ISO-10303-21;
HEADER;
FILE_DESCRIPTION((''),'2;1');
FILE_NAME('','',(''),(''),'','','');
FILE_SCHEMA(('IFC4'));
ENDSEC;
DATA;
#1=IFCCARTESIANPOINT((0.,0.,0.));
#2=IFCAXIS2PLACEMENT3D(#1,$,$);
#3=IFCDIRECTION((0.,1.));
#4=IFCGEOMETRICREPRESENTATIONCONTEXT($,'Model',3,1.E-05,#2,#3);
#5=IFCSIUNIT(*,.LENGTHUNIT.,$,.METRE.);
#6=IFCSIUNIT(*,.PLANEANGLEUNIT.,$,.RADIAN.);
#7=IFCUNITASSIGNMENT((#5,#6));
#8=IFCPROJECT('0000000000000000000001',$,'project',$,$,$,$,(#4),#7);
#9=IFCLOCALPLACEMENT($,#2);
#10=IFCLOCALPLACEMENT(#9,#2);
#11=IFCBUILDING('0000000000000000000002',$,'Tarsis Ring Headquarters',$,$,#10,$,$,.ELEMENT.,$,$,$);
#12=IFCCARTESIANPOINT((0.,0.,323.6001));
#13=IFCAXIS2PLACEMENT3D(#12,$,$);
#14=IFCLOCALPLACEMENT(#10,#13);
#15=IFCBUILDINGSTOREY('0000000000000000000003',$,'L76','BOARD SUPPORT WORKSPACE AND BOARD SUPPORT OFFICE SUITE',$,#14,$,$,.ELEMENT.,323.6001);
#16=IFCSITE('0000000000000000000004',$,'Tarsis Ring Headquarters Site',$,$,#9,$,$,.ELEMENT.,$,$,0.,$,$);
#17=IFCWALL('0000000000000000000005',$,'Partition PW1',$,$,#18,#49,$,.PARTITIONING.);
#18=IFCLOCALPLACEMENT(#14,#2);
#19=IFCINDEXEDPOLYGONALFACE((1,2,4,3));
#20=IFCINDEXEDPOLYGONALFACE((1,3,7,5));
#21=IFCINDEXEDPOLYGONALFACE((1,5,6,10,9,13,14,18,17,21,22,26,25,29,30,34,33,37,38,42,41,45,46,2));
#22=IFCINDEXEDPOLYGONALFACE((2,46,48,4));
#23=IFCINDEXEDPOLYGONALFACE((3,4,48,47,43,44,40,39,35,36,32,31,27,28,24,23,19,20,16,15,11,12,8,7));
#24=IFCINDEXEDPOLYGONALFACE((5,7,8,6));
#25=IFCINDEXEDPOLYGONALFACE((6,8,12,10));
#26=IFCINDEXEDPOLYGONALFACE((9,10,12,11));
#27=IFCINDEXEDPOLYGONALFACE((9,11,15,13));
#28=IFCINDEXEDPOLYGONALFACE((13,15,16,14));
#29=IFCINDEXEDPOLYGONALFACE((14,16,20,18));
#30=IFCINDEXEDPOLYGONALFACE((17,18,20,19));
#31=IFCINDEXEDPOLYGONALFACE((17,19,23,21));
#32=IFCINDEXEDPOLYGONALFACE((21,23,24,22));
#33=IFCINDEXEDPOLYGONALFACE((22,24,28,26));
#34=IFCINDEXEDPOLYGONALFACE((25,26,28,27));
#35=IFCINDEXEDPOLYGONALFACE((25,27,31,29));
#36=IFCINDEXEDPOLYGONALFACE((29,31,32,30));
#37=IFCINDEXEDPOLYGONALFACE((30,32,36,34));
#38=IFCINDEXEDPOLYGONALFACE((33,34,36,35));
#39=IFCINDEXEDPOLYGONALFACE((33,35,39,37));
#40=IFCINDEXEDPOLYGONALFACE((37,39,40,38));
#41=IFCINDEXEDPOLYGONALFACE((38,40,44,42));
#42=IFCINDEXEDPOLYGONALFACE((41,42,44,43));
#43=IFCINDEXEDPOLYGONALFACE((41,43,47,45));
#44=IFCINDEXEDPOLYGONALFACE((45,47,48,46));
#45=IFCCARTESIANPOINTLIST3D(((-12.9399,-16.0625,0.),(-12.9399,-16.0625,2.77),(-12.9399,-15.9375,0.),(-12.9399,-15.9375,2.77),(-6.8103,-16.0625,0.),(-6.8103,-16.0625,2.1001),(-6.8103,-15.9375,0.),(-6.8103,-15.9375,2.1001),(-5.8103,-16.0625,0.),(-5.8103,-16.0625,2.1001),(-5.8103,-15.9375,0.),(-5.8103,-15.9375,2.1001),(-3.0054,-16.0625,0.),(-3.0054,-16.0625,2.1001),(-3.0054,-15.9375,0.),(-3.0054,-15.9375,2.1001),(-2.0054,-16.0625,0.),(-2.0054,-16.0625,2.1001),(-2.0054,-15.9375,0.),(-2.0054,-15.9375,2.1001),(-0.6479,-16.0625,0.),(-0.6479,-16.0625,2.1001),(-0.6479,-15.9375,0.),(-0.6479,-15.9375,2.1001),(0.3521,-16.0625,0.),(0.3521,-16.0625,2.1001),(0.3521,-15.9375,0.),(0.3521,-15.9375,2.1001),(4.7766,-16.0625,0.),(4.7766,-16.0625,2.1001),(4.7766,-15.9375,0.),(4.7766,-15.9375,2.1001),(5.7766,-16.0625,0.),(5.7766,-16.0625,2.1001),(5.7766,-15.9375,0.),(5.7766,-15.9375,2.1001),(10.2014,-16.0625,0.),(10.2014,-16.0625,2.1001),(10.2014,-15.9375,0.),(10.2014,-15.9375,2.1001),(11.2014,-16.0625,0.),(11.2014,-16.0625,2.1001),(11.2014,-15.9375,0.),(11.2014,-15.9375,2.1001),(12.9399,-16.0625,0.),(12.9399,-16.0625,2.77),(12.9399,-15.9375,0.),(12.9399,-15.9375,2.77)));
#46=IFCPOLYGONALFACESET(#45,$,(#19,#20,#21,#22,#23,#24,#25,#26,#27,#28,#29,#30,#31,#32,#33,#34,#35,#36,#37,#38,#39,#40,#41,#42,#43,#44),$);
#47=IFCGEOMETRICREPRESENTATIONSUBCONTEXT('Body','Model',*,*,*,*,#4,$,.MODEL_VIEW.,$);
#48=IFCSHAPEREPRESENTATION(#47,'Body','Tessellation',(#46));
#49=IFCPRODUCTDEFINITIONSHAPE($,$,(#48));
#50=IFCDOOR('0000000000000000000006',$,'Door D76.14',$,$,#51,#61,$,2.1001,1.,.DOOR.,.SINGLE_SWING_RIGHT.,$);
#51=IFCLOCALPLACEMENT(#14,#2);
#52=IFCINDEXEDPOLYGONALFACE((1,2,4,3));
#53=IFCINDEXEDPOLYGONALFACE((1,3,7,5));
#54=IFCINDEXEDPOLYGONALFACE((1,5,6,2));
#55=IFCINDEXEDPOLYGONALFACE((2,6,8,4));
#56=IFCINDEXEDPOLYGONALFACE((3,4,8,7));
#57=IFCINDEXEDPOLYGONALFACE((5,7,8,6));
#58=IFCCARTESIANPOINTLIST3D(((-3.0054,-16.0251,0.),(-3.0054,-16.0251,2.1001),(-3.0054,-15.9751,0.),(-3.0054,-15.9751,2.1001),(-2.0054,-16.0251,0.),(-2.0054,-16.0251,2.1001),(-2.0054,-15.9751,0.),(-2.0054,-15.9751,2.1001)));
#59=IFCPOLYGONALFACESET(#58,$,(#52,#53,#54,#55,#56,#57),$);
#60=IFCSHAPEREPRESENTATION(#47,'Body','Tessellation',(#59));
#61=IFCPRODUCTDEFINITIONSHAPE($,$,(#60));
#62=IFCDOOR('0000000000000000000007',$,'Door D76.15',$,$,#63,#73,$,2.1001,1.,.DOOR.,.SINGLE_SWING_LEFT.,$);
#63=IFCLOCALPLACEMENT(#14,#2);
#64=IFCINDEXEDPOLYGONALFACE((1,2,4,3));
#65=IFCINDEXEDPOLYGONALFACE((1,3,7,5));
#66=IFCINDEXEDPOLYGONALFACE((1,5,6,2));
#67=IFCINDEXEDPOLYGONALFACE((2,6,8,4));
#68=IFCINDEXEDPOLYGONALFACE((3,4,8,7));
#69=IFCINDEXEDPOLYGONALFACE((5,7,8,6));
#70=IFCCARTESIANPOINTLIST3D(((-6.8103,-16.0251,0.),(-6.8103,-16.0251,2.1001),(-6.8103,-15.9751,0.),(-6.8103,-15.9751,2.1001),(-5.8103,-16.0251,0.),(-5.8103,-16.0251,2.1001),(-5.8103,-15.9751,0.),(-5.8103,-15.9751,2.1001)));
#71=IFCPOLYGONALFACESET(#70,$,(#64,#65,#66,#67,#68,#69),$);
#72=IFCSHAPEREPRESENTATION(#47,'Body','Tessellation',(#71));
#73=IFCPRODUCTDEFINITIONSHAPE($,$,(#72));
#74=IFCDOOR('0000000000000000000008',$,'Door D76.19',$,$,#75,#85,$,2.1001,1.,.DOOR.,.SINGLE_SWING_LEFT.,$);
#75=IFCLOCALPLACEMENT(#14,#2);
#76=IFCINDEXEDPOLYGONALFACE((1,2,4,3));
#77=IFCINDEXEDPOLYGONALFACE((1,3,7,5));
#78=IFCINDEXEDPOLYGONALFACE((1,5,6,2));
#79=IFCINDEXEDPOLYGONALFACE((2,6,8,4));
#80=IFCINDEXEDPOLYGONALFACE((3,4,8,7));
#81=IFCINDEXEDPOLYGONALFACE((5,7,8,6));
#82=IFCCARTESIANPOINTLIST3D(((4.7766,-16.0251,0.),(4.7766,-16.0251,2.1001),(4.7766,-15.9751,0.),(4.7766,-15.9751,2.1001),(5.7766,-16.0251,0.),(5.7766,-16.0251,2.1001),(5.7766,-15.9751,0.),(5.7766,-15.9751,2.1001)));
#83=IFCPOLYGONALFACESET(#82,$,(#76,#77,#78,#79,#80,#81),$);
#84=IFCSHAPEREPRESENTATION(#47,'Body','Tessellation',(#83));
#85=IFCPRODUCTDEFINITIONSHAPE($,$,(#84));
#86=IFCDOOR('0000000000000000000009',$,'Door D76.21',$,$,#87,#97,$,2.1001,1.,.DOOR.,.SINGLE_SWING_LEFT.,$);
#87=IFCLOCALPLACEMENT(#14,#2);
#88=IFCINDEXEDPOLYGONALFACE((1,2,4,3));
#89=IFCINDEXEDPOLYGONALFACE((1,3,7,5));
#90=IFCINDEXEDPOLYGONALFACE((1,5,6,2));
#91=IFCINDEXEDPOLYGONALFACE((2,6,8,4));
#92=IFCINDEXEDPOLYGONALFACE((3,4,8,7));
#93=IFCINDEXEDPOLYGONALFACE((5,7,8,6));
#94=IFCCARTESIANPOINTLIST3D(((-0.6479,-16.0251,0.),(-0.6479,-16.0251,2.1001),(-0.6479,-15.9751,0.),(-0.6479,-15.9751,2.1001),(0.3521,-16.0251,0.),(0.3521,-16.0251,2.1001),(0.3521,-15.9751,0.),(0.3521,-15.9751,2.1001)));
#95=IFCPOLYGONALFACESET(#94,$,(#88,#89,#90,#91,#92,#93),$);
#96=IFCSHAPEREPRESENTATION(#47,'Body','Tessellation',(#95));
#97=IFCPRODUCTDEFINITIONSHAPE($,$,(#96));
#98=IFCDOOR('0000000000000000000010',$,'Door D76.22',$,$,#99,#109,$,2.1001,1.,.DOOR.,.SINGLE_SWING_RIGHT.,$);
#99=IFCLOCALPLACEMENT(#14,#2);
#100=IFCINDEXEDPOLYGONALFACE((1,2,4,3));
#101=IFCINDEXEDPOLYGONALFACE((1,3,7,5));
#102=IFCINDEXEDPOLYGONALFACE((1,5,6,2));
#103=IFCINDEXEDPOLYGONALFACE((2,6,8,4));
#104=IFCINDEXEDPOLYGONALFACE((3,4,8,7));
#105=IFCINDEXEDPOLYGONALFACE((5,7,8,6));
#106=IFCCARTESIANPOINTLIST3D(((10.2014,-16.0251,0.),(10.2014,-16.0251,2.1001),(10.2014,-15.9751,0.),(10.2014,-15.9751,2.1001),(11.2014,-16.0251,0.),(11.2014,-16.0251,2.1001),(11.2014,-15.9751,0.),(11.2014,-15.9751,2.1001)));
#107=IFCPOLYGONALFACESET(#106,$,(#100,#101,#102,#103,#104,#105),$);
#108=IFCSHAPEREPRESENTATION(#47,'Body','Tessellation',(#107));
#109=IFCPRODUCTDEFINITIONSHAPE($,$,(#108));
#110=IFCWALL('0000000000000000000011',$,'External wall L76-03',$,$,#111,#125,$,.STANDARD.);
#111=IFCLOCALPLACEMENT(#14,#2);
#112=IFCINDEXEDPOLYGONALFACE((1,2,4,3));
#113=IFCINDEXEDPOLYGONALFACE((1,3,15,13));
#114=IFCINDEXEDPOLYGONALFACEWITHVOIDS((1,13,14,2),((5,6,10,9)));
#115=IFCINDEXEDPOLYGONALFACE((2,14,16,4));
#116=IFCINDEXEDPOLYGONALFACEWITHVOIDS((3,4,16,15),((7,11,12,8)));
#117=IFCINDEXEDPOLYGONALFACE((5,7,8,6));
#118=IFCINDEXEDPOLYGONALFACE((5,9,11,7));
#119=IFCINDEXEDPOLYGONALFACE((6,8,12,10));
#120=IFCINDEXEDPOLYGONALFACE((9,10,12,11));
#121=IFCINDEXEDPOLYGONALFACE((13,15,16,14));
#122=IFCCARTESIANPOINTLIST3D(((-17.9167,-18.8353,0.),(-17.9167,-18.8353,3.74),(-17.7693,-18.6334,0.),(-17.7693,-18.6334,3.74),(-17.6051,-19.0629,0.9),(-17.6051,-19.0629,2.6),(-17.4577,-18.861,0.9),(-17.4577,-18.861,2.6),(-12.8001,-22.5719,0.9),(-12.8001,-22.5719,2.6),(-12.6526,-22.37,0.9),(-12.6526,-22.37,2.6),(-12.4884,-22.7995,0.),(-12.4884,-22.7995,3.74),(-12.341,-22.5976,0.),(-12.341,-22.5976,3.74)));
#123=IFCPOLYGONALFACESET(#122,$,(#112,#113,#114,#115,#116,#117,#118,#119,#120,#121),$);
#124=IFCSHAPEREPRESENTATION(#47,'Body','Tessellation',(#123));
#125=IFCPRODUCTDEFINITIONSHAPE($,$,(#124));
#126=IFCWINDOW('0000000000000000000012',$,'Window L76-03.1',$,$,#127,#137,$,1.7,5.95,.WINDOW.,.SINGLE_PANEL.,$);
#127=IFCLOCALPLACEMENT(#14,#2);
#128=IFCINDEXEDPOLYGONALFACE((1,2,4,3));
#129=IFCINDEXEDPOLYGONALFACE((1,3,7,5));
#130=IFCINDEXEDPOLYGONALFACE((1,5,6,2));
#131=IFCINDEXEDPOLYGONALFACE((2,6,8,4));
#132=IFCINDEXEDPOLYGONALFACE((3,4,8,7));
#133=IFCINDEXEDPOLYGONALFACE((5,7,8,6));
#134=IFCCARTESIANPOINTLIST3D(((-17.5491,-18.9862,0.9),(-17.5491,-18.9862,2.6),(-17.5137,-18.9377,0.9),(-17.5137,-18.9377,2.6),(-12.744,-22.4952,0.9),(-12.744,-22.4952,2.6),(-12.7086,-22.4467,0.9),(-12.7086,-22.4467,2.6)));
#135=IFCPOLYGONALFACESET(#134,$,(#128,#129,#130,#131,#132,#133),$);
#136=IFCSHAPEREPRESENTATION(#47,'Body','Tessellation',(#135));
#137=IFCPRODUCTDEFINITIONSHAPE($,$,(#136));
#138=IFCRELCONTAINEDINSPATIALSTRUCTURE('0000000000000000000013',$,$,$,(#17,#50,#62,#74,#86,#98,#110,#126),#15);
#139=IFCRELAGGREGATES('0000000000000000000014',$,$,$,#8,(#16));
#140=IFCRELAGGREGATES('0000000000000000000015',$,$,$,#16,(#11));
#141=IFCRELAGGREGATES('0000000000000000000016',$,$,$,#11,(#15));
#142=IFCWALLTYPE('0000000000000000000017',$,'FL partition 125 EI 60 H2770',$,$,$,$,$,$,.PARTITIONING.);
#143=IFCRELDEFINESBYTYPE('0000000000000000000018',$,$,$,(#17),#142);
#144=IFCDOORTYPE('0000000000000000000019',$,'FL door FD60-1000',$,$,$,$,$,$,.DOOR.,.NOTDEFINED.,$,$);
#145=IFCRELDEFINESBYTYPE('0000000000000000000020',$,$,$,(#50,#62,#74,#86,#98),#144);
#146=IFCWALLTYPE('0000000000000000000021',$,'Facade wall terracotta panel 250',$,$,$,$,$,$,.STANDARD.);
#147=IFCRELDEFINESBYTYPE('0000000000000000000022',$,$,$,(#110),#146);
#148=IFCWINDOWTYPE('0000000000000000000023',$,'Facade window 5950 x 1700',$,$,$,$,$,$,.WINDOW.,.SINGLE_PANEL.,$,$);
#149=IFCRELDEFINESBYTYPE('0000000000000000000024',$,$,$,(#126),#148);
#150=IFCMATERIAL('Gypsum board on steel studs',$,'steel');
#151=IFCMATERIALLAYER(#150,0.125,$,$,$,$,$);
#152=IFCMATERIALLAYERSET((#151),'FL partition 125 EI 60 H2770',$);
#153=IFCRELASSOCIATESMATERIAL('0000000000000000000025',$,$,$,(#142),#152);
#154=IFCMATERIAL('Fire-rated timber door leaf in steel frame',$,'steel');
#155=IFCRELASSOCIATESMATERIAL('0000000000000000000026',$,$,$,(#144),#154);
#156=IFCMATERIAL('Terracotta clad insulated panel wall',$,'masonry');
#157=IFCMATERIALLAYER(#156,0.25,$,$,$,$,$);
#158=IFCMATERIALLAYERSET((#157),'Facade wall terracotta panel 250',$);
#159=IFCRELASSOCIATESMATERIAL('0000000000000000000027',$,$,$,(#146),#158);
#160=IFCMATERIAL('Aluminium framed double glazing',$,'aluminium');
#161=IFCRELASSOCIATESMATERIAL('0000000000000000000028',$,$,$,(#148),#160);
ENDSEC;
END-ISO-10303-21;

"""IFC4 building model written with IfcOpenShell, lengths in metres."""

from ifc_helpers import new_model, si_unit, direction, frame, frame_2d, origin, place, context, subcontext, project, spatial, rectangle, extrude, material, layer, layer_set, type_object, element, fill, save


model = new_model("IFC4")

# Units and contexts
model_context = context("Model", 3, precision=1e-05, world=origin(), true_north=direction((0.0, 1.0)))
body_context = subcontext(model_context, "Body", "Model", "MODEL_VIEW")
ifc_project = project(units=[si_unit("LENGTHUNIT", "METRE"), si_unit("PLANEANGLEUNIT", "RADIAN")], contexts=[model_context])

# Site, building, storey
site_placement = place(None, origin())
site = spatial("IfcSite", under=ifc_project, at=site_placement, Name="Tarsis Ring Headquarters Site", CompositionType="ELEMENT", RefElevation=0.0)
building_placement = place(site_placement, origin())
building = spatial("IfcBuilding", under=site, at=building_placement, Name="Tarsis Ring Headquarters", CompositionType="ELEMENT")
storey_placement = place(building_placement, frame((0.0, 0.0, 323.6001)))
storey = spatial("IfcBuildingStorey", under=building, at=storey_placement, Name="L76", Description="BOARD SUPPORT WORKSPACE AND BOARD SUPPORT OFFICE SUITE", CompositionType="ELEMENT", Elevation=323.6001)

# Wall, openings, doors
ifc_material_1 = material(Name="Gypsum board on steel studs", Category="steel")
ifc_layer_1 = layer(ifc_material_1, 0.125)
ifc_layer_set_1 = layer_set([ifc_layer_1], Name="FL partition 125 EI 60 H2770")
wall_type_1 = type_object("IfcWallType", Name="FL partition 125 EI 60 H2770", PredefinedType="PARTITIONING", material=ifc_layer_set_1)
ifc_material_2 = material(Name="Fire-rated timber door leaf in steel frame", Category="steel")
door_type_1 = type_object("IfcDoorType", Name="FL door FD60-1000", OperationType="NOTDEFINED", PredefinedType="DOOR", material=ifc_material_2)
wall_1_placement = place(storey_placement, frame((-12.9399, -16.0, 0.0), z_axis=(0.0, 0.0, 1.0), x_axis=(1.0, 0.0, 0.0)))
wall_1 = element("IfcWall", 1, at=wall_1_placement, inside=storey, type_object=wall_type_1, Name="Partition PW1", PredefinedType="PARTITIONING", context=body_context, shape_type="SweptSolid", body=[
    extrude(rectangle(XDim=25.8799, YDim=0.125, at=frame_2d((12.9399, 0.0))), origin(), (0.0, 0.0, 1.0), 2.77),
])
opening_1_placement = place(wall_1_placement, frame((9.9346, 0.0, 0.0)))
opening_1 = element("IfcOpeningElement", 2, at=opening_1_placement, cuts=wall_1, PredefinedType="OPENING", context=body_context, shape_type="SweptSolid", body=[
    extrude(rectangle(XDim=1.0, YDim=2.1001, at=frame_2d((0.5, 1.05))), frame((0.0, 0.0725, 0.0), z_axis=(0.0, -1.0, 0.0), x_axis=(1.0, 0.0, 0.0)), (0.0, 0.0, 1.0), 0.145),
])
opening_2_placement = place(wall_1_placement, frame((6.1296, 0.0, 0.0)))
opening_2 = element("IfcOpeningElement", 3, at=opening_2_placement, cuts=wall_1, PredefinedType="OPENING", context=body_context, shape_type="SweptSolid", body=[
    extrude(rectangle(XDim=1.0, YDim=2.1001, at=frame_2d((0.5, 1.05))), frame((0.0, 0.0725, 0.0), z_axis=(0.0, -1.0, 0.0), x_axis=(1.0, 0.0, 0.0)), (0.0, 0.0, 1.0), 0.145),
])
opening_3_placement = place(wall_1_placement, frame((17.7166, 0.0, 0.0)))
opening_3 = element("IfcOpeningElement", 4, at=opening_3_placement, cuts=wall_1, PredefinedType="OPENING", context=body_context, shape_type="SweptSolid", body=[
    extrude(rectangle(XDim=1.0, YDim=2.1001, at=frame_2d((0.5, 1.05))), frame((0.0, 0.0725, 0.0), z_axis=(0.0, -1.0, 0.0), x_axis=(1.0, 0.0, 0.0)), (0.0, 0.0, 1.0), 0.145),
])
opening_4_placement = place(wall_1_placement, frame((12.292, 0.0, 0.0)))
opening_4 = element("IfcOpeningElement", 5, at=opening_4_placement, cuts=wall_1, PredefinedType="OPENING", context=body_context, shape_type="SweptSolid", body=[
    extrude(rectangle(XDim=1.0, YDim=2.1001, at=frame_2d((0.5, 1.05))), frame((0.0, 0.0725, 0.0), z_axis=(0.0, -1.0, 0.0), x_axis=(1.0, 0.0, 0.0)), (0.0, 0.0, 1.0), 0.145),
])
opening_5_placement = place(wall_1_placement, frame((23.1414, 0.0, 0.0)))
opening_5 = element("IfcOpeningElement", 6, at=opening_5_placement, cuts=wall_1, PredefinedType="OPENING", context=body_context, shape_type="SweptSolid", body=[
    extrude(rectangle(XDim=1.0, YDim=2.1001, at=frame_2d((0.5, 1.05))), frame((0.0, 0.0725, 0.0), z_axis=(0.0, -1.0, 0.0), x_axis=(1.0, 0.0, 0.0)), (0.0, 0.0, 1.0), 0.145),
])
door_1_placement = place(opening_1_placement, origin())
door_1 = element("IfcDoor", 7, at=door_1_placement, inside=storey, type_object=door_type_1, Name="Door D76.14", OperationType="SINGLE_SWING_RIGHT", OverallHeight=2.1001, OverallWidth=1.0, PredefinedType="DOOR", context=body_context, shape_type="SweptSolid", body=[
    extrude(rectangle(XDim=1.0, YDim=2.1001, at=frame_2d((0.5, 1.05))), frame((0.0, 0.0249, 0.0), z_axis=(0.0, -1.0, 0.0), x_axis=(1.0, 0.0, 0.0)), (0.0, 0.0, 1.0), 0.05),
])
fill(opening_1, door_1)
door_2_placement = place(opening_2_placement, origin())
door_2 = element("IfcDoor", 8, at=door_2_placement, inside=storey, type_object=door_type_1, Name="Door D76.15", OperationType="SINGLE_SWING_LEFT", OverallHeight=2.1001, OverallWidth=1.0, PredefinedType="DOOR", context=body_context, shape_type="SweptSolid", body=[
    extrude(rectangle(XDim=1.0, YDim=2.1001, at=frame_2d((0.5, 1.05))), frame((0.0, 0.0249, 0.0), z_axis=(0.0, -1.0, 0.0), x_axis=(1.0, 0.0, 0.0)), (0.0, 0.0, 1.0), 0.05),
])
fill(opening_2, door_2)
door_3_placement = place(opening_3_placement, origin())
door_3 = element("IfcDoor", 9, at=door_3_placement, inside=storey, type_object=door_type_1, Name="Door D76.19", OperationType="SINGLE_SWING_LEFT", OverallHeight=2.1001, OverallWidth=1.0, PredefinedType="DOOR", context=body_context, shape_type="SweptSolid", body=[
    extrude(rectangle(XDim=1.0, YDim=2.1001, at=frame_2d((0.5, 1.05))), frame((0.0, 0.0249, 0.0), z_axis=(0.0, -1.0, 0.0), x_axis=(1.0, 0.0, 0.0)), (0.0, 0.0, 1.0), 0.05),
])
fill(opening_3, door_3)
door_4_placement = place(opening_4_placement, origin())
door_4 = element("IfcDoor", 10, at=door_4_placement, inside=storey, type_object=door_type_1, Name="Door D76.21", OperationType="SINGLE_SWING_LEFT", OverallHeight=2.1001, OverallWidth=1.0, PredefinedType="DOOR", context=body_context, shape_type="SweptSolid", body=[
    extrude(rectangle(XDim=1.0, YDim=2.1001, at=frame_2d((0.5, 1.05))), frame((0.0, 0.0249, 0.0), z_axis=(0.0, -1.0, 0.0), x_axis=(1.0, 0.0, 0.0)), (0.0, 0.0, 1.0), 0.05),
])
fill(opening_4, door_4)
door_5_placement = place(opening_5_placement, origin())
door_5 = element("IfcDoor", 11, at=door_5_placement, inside=storey, type_object=door_type_1, Name="Door D76.22", OperationType="SINGLE_SWING_RIGHT", OverallHeight=2.1001, OverallWidth=1.0, PredefinedType="DOOR", context=body_context, shape_type="SweptSolid", body=[
    extrude(rectangle(XDim=1.0, YDim=2.1001, at=frame_2d((0.5, 1.05))), frame((0.0, 0.0249, 0.0), z_axis=(0.0, -1.0, 0.0), x_axis=(1.0, 0.0, 0.0)), (0.0, 0.0, 1.0), 0.05),
])
fill(opening_5, door_5)

# Wall, opening, window
ifc_material_3 = material(Name="Terracotta clad insulated panel wall", Category="masonry")
ifc_layer_2 = layer(ifc_material_3, 0.25)
ifc_layer_set_2 = layer_set([ifc_layer_2], Name="Facade wall terracotta panel 250")
wall_type_2 = type_object("IfcWallType", Name="Facade wall terracotta panel 250", PredefinedType="STANDARD", material=ifc_layer_set_2)
wall_2_placement = place(storey_placement, frame((-17.843, -18.7344, 0.0), z_axis=(0.0, 0.0, 1.0), x_axis=(0.80758, -0.589758, 0.0)))
wall_2 = element("IfcWall", 12, at=wall_2_placement, inside=storey, type_object=wall_type_2, Name="External wall L76-03", PredefinedType="STANDARD", context=body_context, shape_type="SweptSolid", body=[
    extrude(rectangle(XDim=6.7217, YDim=0.25, at=frame_2d((3.3608, 0.0))), origin(), (0.0, 0.0, 1.0), 3.74),
])
opening_6_placement = place(wall_2_placement, frame((0.3857, 0.0, 0.8999)))
opening_6 = element("IfcOpeningElement", 13, at=opening_6_placement, cuts=wall_2, PredefinedType="OPENING", context=body_context, shape_type="SweptSolid", body=[
    extrude(rectangle(XDim=5.95, YDim=1.7, at=frame_2d((2.9751, 0.8501))), frame((0.0, 0.135, 0.0), z_axis=(0.0, -1.0, 0.0), x_axis=(1.0, 0.0, 0.0)), (0.0, 0.0, 1.0), 0.27),
])
ifc_material_4 = material(Name="Aluminium framed double glazing", Category="aluminium")
window_type = type_object("IfcWindowType", Name="Facade window 5950 x 1700", PartitioningType="SINGLE_PANEL", PredefinedType="WINDOW", material=ifc_material_4)
window_placement = place(opening_6_placement, origin())
window = element("IfcWindow", 14, at=window_placement, inside=storey, type_object=window_type, Name="Window L76-03.1", OverallHeight=1.7, OverallWidth=5.95, PartitioningType="SINGLE_PANEL", PredefinedType="WINDOW", context=body_context, shape_type="SweptSolid", body=[
    extrude(rectangle(XDim=5.95, YDim=1.7, at=frame_2d((2.9751, 0.8501))), frame((0.0, 0.03, 0.0), z_axis=(0.0, -1.0, 0.0), x_axis=(1.0, 0.0, 0.0)), (0.0, 0.0, 1.0), 0.0601),
])
fill(opening_6, window)

save(model, "model.ifc")
